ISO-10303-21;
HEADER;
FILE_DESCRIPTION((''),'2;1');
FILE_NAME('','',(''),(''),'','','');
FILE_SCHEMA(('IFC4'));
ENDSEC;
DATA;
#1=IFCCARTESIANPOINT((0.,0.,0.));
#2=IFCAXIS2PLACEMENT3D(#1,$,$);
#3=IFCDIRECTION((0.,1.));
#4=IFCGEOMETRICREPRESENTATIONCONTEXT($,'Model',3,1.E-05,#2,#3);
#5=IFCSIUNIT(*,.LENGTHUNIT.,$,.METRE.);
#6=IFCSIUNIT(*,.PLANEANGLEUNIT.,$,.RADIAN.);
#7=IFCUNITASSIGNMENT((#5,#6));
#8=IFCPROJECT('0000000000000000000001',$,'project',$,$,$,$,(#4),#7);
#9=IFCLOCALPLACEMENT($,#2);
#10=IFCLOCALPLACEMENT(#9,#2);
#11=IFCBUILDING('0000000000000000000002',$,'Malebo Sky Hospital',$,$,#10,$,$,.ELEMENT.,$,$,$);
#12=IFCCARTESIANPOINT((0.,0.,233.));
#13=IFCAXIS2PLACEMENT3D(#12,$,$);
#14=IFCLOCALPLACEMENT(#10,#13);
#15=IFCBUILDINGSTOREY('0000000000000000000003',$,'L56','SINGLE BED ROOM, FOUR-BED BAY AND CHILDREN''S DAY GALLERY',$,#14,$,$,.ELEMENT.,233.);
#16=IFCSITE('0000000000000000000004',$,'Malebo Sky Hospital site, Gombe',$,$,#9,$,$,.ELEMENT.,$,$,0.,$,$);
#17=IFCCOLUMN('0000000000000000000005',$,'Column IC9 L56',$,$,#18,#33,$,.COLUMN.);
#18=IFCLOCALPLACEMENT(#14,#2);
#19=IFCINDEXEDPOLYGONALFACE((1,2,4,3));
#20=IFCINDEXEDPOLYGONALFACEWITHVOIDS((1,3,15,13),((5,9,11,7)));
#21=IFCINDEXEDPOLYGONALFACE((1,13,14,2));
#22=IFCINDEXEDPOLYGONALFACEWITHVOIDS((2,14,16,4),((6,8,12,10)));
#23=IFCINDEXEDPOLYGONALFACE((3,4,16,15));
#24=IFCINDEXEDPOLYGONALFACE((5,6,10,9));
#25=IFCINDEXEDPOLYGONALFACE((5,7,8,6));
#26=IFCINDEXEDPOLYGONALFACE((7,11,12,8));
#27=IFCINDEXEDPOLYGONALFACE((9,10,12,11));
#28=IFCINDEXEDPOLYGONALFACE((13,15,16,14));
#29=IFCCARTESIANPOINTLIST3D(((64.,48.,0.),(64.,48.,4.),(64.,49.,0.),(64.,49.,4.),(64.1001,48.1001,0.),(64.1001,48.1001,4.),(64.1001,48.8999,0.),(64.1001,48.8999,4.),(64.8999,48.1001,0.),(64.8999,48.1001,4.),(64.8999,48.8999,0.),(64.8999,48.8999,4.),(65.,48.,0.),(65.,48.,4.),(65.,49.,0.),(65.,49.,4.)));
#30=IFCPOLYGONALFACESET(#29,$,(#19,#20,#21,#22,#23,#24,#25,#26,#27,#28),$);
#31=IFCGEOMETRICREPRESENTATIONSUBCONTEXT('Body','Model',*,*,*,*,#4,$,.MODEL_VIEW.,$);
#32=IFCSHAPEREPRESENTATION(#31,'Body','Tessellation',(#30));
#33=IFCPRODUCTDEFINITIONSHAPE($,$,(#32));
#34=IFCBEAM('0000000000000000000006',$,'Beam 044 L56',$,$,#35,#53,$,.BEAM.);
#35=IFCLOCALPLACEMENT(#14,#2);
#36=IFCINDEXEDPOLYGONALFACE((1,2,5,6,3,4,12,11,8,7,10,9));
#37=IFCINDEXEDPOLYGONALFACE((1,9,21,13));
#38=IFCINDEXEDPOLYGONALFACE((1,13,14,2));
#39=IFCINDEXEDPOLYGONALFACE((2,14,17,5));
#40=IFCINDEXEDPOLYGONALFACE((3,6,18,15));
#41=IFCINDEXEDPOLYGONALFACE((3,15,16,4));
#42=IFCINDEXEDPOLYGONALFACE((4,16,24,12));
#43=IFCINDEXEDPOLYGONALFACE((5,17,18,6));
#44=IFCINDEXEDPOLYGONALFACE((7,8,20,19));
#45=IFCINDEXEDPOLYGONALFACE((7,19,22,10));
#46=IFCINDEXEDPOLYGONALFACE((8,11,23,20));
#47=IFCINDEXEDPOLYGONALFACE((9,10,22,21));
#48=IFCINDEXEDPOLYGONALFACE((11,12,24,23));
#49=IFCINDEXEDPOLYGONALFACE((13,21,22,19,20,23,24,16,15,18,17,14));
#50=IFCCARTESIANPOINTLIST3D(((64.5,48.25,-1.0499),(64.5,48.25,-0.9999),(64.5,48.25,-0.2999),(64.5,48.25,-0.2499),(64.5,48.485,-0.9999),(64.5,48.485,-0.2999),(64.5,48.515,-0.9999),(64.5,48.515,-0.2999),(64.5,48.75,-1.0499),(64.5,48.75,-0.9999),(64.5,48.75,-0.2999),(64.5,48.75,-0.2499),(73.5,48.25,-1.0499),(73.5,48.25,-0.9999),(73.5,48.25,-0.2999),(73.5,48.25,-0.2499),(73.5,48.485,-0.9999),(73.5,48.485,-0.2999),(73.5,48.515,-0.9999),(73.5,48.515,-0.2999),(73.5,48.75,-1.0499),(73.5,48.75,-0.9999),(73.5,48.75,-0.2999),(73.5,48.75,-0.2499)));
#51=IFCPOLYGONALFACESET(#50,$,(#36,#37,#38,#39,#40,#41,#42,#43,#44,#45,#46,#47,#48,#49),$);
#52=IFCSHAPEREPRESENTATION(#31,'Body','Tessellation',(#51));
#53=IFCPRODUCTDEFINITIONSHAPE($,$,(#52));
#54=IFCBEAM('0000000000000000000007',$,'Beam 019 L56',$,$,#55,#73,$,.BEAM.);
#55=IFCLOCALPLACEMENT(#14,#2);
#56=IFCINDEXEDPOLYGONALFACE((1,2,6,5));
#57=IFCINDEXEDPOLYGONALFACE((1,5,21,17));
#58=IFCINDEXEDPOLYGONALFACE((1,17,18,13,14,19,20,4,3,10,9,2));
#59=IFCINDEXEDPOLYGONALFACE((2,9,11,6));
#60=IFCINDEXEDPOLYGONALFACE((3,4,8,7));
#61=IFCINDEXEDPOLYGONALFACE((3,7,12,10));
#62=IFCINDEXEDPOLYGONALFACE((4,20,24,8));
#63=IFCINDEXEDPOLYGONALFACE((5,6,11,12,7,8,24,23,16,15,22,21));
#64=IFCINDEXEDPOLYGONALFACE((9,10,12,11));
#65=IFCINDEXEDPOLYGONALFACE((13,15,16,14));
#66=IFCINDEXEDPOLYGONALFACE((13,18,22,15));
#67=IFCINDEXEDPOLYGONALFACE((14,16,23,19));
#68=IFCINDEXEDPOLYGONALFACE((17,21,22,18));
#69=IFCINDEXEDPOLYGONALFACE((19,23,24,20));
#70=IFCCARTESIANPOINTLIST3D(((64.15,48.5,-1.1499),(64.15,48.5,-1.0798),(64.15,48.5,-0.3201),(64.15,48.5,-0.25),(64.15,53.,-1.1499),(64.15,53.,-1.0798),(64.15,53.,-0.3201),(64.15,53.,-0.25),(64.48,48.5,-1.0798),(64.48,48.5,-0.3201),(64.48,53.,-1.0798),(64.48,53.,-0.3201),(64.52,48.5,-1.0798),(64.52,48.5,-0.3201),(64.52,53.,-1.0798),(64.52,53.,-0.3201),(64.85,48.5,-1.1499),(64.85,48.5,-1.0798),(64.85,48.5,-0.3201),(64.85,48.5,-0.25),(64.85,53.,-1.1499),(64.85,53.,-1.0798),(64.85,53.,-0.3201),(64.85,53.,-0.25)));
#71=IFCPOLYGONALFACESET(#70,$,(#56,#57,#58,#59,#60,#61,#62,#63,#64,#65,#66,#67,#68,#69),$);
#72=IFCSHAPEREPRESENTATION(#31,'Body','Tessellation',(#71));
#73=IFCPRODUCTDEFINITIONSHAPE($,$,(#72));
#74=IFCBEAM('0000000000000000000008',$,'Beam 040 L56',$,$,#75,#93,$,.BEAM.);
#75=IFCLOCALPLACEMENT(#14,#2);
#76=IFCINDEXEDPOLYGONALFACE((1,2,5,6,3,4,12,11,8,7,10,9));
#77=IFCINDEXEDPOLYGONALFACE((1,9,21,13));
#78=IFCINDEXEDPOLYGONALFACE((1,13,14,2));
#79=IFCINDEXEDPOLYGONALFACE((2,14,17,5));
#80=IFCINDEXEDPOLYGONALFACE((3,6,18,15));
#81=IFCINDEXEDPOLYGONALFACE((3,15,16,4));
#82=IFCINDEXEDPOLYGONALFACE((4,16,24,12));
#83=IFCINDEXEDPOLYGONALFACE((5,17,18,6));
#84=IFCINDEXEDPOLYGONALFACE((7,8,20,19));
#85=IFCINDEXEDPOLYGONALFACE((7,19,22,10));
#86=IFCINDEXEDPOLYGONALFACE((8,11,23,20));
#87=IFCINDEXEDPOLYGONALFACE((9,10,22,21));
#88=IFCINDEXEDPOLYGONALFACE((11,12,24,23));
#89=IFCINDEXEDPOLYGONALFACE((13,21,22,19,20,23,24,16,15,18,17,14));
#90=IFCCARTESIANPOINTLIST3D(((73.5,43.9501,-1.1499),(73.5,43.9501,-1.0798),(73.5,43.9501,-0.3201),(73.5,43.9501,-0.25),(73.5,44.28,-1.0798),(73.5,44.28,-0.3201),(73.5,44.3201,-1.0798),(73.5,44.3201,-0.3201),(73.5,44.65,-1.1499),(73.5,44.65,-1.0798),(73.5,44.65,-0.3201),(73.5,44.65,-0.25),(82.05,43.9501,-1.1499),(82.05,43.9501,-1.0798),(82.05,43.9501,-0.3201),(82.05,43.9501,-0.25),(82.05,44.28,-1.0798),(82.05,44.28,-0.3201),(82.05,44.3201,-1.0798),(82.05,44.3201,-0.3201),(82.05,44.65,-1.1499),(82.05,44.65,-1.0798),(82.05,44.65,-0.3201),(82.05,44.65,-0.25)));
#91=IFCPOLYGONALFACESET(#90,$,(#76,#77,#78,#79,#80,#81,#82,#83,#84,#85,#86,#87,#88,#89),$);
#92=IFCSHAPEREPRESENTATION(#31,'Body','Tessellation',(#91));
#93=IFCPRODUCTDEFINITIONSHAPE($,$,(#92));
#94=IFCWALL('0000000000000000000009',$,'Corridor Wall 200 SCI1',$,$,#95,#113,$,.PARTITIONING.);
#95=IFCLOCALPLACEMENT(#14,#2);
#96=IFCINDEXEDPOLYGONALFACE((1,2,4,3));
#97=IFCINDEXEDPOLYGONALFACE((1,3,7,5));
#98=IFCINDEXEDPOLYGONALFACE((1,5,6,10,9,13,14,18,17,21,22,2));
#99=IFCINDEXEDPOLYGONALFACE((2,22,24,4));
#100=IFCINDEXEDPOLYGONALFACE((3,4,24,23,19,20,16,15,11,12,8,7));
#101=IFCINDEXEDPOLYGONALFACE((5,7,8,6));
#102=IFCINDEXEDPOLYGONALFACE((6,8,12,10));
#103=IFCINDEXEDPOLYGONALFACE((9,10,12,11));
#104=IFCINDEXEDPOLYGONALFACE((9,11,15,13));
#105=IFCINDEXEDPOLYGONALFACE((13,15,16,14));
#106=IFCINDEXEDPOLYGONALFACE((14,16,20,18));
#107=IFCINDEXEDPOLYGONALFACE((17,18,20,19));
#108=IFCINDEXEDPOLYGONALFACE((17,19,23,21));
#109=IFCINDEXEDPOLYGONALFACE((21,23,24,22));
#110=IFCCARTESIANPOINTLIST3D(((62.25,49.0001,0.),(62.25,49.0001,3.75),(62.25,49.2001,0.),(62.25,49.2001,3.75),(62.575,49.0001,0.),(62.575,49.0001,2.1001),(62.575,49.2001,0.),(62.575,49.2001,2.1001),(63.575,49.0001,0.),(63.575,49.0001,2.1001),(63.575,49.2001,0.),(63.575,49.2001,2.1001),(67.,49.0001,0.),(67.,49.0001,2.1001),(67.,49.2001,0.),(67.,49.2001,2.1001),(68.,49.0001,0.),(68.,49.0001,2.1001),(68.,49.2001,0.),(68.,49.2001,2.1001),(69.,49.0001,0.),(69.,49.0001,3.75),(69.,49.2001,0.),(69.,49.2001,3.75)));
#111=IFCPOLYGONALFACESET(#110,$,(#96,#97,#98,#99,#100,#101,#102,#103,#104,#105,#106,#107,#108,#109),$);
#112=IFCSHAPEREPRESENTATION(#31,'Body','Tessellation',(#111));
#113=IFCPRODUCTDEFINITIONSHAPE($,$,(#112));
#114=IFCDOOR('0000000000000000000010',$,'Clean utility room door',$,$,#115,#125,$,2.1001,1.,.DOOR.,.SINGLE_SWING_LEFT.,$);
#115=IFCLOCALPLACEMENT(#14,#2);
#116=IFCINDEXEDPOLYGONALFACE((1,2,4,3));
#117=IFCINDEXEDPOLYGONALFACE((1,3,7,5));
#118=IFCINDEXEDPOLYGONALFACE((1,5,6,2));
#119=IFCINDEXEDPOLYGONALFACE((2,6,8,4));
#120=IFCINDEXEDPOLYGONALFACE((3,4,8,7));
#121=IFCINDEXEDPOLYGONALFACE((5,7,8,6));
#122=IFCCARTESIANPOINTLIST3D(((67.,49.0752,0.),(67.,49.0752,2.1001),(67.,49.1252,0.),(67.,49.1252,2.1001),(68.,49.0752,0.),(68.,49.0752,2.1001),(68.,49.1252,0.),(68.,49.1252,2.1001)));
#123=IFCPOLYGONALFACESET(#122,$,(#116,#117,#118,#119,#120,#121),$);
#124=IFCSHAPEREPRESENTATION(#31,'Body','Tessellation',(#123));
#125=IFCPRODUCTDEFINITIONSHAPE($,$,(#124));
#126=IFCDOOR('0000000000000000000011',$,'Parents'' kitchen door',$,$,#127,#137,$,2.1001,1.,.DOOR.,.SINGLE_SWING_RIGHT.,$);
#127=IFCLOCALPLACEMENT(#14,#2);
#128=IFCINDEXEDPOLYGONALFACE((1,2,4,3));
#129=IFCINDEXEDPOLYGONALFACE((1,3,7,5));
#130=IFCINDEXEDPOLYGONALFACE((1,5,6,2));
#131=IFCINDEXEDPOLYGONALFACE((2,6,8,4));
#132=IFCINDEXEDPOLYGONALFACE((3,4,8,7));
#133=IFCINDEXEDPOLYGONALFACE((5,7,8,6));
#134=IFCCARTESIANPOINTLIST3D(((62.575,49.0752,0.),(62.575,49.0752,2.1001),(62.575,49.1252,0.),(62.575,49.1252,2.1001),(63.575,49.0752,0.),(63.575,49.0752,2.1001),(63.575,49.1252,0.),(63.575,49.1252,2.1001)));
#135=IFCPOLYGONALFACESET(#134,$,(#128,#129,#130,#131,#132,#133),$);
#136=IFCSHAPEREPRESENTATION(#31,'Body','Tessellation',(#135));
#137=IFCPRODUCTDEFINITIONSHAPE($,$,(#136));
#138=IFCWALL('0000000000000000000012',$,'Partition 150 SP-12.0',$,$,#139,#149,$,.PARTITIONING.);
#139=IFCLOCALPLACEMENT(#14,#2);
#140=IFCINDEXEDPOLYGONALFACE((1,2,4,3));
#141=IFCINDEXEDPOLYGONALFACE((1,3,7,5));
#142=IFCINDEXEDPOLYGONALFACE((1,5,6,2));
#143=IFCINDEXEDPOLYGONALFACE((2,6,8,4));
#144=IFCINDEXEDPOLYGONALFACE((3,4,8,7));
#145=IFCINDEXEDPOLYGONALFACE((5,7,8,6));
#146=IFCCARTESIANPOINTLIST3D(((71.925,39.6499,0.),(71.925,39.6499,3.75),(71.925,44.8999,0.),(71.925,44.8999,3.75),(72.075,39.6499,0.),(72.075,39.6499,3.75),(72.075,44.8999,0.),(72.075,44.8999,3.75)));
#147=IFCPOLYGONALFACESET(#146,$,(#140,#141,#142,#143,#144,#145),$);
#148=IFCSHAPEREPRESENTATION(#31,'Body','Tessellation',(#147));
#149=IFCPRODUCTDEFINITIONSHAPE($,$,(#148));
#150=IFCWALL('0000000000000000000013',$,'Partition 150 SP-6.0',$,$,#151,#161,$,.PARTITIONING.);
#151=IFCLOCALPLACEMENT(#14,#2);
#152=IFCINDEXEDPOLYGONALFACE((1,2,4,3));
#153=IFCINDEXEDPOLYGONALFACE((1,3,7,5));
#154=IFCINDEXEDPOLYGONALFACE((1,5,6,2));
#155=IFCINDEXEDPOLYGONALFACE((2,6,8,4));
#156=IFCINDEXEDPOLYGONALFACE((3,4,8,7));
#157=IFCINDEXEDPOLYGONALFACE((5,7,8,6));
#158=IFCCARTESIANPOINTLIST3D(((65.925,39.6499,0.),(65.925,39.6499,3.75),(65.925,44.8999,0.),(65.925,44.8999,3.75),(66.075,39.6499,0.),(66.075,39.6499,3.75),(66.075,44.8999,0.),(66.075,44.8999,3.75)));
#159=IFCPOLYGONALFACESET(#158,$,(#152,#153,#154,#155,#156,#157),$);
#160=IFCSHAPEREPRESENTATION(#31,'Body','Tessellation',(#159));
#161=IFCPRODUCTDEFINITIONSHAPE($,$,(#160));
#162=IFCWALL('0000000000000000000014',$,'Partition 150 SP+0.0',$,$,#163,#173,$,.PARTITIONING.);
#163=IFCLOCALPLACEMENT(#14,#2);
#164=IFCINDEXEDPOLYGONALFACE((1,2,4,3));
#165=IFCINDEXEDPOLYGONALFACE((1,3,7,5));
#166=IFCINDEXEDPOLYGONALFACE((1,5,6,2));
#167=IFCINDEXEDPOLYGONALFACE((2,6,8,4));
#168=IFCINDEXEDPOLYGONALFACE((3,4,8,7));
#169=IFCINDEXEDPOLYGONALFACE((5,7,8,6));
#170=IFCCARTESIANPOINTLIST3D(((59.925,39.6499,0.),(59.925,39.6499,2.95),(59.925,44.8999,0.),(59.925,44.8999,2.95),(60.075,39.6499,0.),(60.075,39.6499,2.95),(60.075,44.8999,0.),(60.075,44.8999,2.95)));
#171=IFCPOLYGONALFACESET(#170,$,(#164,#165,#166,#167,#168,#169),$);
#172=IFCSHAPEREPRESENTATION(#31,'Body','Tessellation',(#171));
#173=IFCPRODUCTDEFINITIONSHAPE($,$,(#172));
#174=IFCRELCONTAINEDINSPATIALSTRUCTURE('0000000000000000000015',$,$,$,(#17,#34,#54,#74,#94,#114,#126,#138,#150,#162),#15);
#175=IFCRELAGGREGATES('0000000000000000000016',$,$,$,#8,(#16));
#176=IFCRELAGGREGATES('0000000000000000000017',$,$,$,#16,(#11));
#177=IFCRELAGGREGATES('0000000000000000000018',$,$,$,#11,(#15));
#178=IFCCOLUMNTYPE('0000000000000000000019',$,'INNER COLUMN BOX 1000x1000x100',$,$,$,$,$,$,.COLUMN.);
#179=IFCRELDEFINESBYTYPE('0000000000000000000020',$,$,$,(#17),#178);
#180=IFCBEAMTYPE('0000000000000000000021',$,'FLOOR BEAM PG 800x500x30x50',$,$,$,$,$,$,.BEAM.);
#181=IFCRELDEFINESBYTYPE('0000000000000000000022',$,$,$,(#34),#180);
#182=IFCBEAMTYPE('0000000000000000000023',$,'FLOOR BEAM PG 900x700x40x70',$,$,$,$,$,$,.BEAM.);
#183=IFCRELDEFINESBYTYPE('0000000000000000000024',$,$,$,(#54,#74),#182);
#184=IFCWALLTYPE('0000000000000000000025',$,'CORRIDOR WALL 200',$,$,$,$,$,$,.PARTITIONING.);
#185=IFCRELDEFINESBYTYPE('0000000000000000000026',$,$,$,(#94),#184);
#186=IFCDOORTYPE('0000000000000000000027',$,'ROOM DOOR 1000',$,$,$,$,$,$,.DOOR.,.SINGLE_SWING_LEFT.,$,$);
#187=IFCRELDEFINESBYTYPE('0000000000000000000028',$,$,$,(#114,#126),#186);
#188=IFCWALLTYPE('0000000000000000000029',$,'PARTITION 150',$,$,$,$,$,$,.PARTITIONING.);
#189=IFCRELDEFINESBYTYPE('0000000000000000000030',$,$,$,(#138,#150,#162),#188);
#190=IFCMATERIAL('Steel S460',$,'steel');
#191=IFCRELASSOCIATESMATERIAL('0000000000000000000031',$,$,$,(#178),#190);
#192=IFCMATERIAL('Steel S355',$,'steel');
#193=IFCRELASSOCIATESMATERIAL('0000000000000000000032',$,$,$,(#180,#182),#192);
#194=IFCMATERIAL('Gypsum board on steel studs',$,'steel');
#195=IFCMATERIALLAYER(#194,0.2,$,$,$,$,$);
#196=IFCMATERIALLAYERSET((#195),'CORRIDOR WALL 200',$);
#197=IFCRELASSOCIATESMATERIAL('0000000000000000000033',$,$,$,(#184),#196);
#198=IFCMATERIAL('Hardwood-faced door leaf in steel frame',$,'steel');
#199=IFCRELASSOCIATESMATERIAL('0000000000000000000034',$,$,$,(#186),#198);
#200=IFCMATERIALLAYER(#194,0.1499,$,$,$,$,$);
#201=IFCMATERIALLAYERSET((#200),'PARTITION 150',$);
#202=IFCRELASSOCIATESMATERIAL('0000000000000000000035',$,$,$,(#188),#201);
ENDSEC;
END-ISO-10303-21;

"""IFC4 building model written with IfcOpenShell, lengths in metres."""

from ifc_helpers import new_model, si_unit, direction, frame, frame_2d, origin, origin_2d, place, context, subcontext, project, spatial, rectangle, hollow_rectangle, i_section, extrude, material, layer, layer_set, material_profile, profile_set, type_object, element, fill, save


model = new_model("IFC4")

# Units and contexts
model_context = context("Model", 3, precision=1e-05, world=origin(), true_north=direction((0.0, 1.0)))
body_context = subcontext(model_context, "Body", "Model", "MODEL_VIEW")
ifc_project = project(units=[si_unit("LENGTHUNIT", "METRE"), si_unit("PLANEANGLEUNIT", "RADIAN")], contexts=[model_context])

# Site, building, storey
site_placement = place(None, origin())
site = spatial("IfcSite", under=ifc_project, at=site_placement, Name="Malebo Sky Hospital site, Gombe", CompositionType="ELEMENT", RefElevation=0.0)
building_placement = place(site_placement, origin())
building = spatial("IfcBuilding", under=site, at=building_placement, Name="Malebo Sky Hospital", CompositionType="ELEMENT")
storey_placement = place(building_placement, frame((0.0, 0.0, 233.0)))
storey = spatial("IfcBuildingStorey", under=building, at=storey_placement, Name="L56", Description="SINGLE BED ROOM, FOUR-BED BAY AND CHILDREN'S DAY GALLERY", CompositionType="ELEMENT", Elevation=233.0)

# Column
ifc_material_1 = material(Name="Steel S460", Category="steel")
ifc_material_profile_1 = material_profile(ifc_material_1, hollow_rectangle(XDim=1.0, YDim=1.0, WallThickness=0.1001, at=origin_2d()), Name="BOX 1000x1000x100")
ifc_profile_set_1 = profile_set([ifc_material_profile_1], Name="Steel S460")
column_type = type_object("IfcColumnType", Name="INNER COLUMN BOX 1000x1000x100", PredefinedType="COLUMN", material=ifc_profile_set_1)
column_placement = place(storey_placement, frame((64.5, 48.5, 0.0), z_axis=(0.0, 0.0, 1.0), x_axis=(1.0, 0.0, 0.0)))
element("IfcColumn", 1, at=column_placement, inside=storey, type_object=column_type, Name="Column IC9 L56", PredefinedType="COLUMN", context=body_context, shape_type="SweptSolid", body=[
    extrude(hollow_rectangle(XDim=1.0, YDim=1.0, WallThickness=0.1001, at=origin_2d()), origin(), (0.0, 0.0, 1.0), 4.0),
])

# Beams
ifc_material_2 = material(Name="Steel S355", Category="steel")
ifc_material_profile_2 = material_profile(ifc_material_2, i_section(OverallWidth=0.5, OverallDepth=0.8, WebThickness=0.03, FlangeThickness=0.05, at=origin_2d()), Name="PG 800x500x30x50")
ifc_profile_set_2 = profile_set([ifc_material_profile_2], Name="Steel S355")
beam_type_1 = type_object("IfcBeamType", Name="FLOOR BEAM PG 800x500x30x50", PredefinedType="BEAM", material=ifc_profile_set_2)
beam_1_placement = place(storey_placement, frame((64.5, 48.5, -0.6499), z_axis=(1.0, 0.0, 0.0), x_axis=(0.0, 1.0, 0.0)))
element("IfcBeam", 2, at=beam_1_placement, inside=storey, type_object=beam_type_1, Name="Beam 044 L56", PredefinedType="BEAM", context=body_context, shape_type="SweptSolid", body=[
    extrude(i_section(OverallWidth=0.5, OverallDepth=0.8, WebThickness=0.03, FlangeThickness=0.05, at=origin_2d()), origin(), (0.0, 0.0, 1.0), 9.0),
])
ifc_material_profile_3 = material_profile(ifc_material_2, i_section(OverallWidth=0.7, OverallDepth=0.8999, WebThickness=0.04, FlangeThickness=0.0701, at=origin_2d()), Name="PG 900x700x40x70")
ifc_profile_set_3 = profile_set([ifc_material_profile_3], Name="Steel S355")
beam_type_2 = type_object("IfcBeamType", Name="FLOOR BEAM PG 900x700x40x70", PredefinedType="BEAM", material=ifc_profile_set_3)
beam_2_placement = place(storey_placement, frame((64.5, 48.5, -0.7), z_axis=(0.0, 1.0, 0.0), x_axis=(-1.0, 0.0, 0.0)))
element("IfcBeam", 3, at=beam_2_placement, inside=storey, type_object=beam_type_2, Name="Beam 019 L56", PredefinedType="BEAM", context=body_context, shape_type="SweptSolid", body=[
    extrude(i_section(OverallWidth=0.7, OverallDepth=0.8999, WebThickness=0.04, FlangeThickness=0.0701, at=origin_2d()), origin(), (0.0, 0.0, 1.0), 4.5),
])
beam_3_placement = place(storey_placement, frame((73.5, 44.3, -0.7), z_axis=(1.0, 0.0, 0.0), x_axis=(0.0, 1.0, 0.0)))
element("IfcBeam", 4, at=beam_3_placement, inside=storey, type_object=beam_type_2, Name="Beam 040 L56", PredefinedType="BEAM", context=body_context, shape_type="SweptSolid", body=[
    extrude(i_section(OverallWidth=0.7, OverallDepth=0.8999, WebThickness=0.04, FlangeThickness=0.0701, at=origin_2d()), origin(), (0.0, 0.0, 1.0), 8.55),
])

# Wall, openings, doors
ifc_material_3 = material(Name="Gypsum board on steel studs", Category="steel")
ifc_layer_1 = layer(ifc_material_3, 0.2)
ifc_layer_set_1 = layer_set([ifc_layer_1], Name="CORRIDOR WALL 200")
wall_type_1 = type_object("IfcWallType", Name="CORRIDOR WALL 200", PredefinedType="PARTITIONING", material=ifc_layer_set_1)
wall_1_placement = place(storey_placement, frame((69.0, 49.1001, 0.0), z_axis=(0.0, 0.0, 1.0), x_axis=(-1.0, 0.0, 0.0)))
wall_1 = element("IfcWall", 5, at=wall_1_placement, inside=storey, type_object=wall_type_1, Name="Corridor Wall 200 SCI1", PredefinedType="PARTITIONING", context=body_context, shape_type="SweptSolid", body=[
    extrude(rectangle(XDim=6.75, YDim=0.2, at=frame_2d((3.375, 0.0))), origin(), (0.0, 0.0, 1.0), 3.75),
])
opening_1_placement = place(wall_1_placement, frame((1.0, 0.0, 0.0)))
opening_1 = element("IfcOpeningElement", 6, at=opening_1_placement, cuts=wall_1, PredefinedType="OPENING", context=body_context, shape_type="SweptSolid", body=[
    extrude(rectangle(XDim=1.0, YDim=2.1001, at=frame_2d((0.5, 1.05))), frame((0.0, 0.1099, 0.0), z_axis=(0.0, -1.0, 0.0), x_axis=(1.0, 0.0, 0.0)), (0.0, 0.0, 1.0), 0.22),
])
opening_2_placement = place(wall_1_placement, frame((5.425, 0.0, 0.0)))
opening_2 = element("IfcOpeningElement", 7, at=opening_2_placement, cuts=wall_1, PredefinedType="OPENING", context=body_context, shape_type="SweptSolid", body=[
    extrude(rectangle(XDim=1.0, YDim=2.1001, at=frame_2d((0.5, 1.05))), frame((0.0, 0.1099, 0.0), z_axis=(0.0, -1.0, 0.0), x_axis=(1.0, 0.0, 0.0)), (0.0, 0.0, 1.0), 0.22),
])
ifc_material_4 = material(Name="Hardwood-faced door leaf in steel frame", Category="steel")
door_type_1 = type_object("IfcDoorType", Name="ROOM DOOR 1000", OperationType="SINGLE_SWING_LEFT", PredefinedType="DOOR", material=ifc_material_4)
door_1_placement = place(opening_1_placement, origin())
door_1 = element("IfcDoor", 8, at=door_1_placement, inside=storey, type_object=door_type_1, Name="Clean utility room door", OperationType="SINGLE_SWING_LEFT", OverallHeight=2.1001, OverallWidth=1.0, PredefinedType="DOOR", context=body_context, shape_type="SweptSolid", body=[
    extrude(rectangle(XDim=1.0, YDim=2.1001, at=frame_2d((0.5, 1.05))), frame((0.0, 0.0249, 0.0), z_axis=(0.0, -1.0, 0.0), x_axis=(1.0, 0.0, 0.0)), (0.0, 0.0, 1.0), 0.05),
])
fill(opening_1, door_1)
door_2_placement = place(opening_2_placement, origin())
door_2 = element("IfcDoor", 9, at=door_2_placement, inside=storey, type_object=door_type_1, Name="Parents' kitchen door", OperationType="SINGLE_SWING_RIGHT", OverallHeight=2.1001, OverallWidth=1.0, PredefinedType="DOOR", context=body_context, shape_type="SweptSolid", body=[
    extrude(rectangle(XDim=1.0, YDim=2.1001, at=frame_2d((0.5, 1.05))), frame((0.0, 0.0249, 0.0), z_axis=(0.0, -1.0, 0.0), x_axis=(1.0, 0.0, 0.0)), (0.0, 0.0, 1.0), 0.05),
])
fill(opening_2, door_2)

# Walls
ifc_layer_2 = layer(ifc_material_3, 0.1499)
ifc_layer_set_2 = layer_set([ifc_layer_2], Name="PARTITION 150")
wall_type_2 = type_object("IfcWallType", Name="PARTITION 150", PredefinedType="PARTITIONING", material=ifc_layer_set_2)
for number, where, z_axis, x_axis, name in (
    (10, (72.0, 44.8999, 0.0), (0.0, 0.0, 1.0), (0.0, -1.0, 0.0), "Partition 150 SP-12.0"),
    (11, (66.0, 44.8999, 0.0), (0.0, 0.0, 1.0), (0.0, -1.0, 0.0), "Partition 150 SP-6.0"),
):
    element("IfcWall", number, at=place(storey_placement, frame(where, z_axis=z_axis, x_axis=x_axis)), inside=storey, type_object=wall_type_2, Name=name, PredefinedType="PARTITIONING", context=body_context, shape_type="SweptSolid", body=[
        extrude(rectangle(XDim=5.25, YDim=0.1499, at=frame_2d((2.625, 0.0))), origin(), (0.0, 0.0, 1.0), 3.75),
    ])
wall_2_placement = place(storey_placement, frame((60.0, 44.8999, 0.0), z_axis=(0.0, 0.0, 1.0), x_axis=(0.0, -1.0, 0.0)))
element("IfcWall", 12, at=wall_2_placement, inside=storey, type_object=wall_type_2, Name="Partition 150 SP+0.0", PredefinedType="PARTITIONING", context=body_context, shape_type="SweptSolid", body=[
    extrude(rectangle(XDim=5.25, YDim=0.1499, at=frame_2d((2.625, 0.0))), origin(), (0.0, 0.0, 1.0), 2.95),
])

save(model, "model.ifc")
